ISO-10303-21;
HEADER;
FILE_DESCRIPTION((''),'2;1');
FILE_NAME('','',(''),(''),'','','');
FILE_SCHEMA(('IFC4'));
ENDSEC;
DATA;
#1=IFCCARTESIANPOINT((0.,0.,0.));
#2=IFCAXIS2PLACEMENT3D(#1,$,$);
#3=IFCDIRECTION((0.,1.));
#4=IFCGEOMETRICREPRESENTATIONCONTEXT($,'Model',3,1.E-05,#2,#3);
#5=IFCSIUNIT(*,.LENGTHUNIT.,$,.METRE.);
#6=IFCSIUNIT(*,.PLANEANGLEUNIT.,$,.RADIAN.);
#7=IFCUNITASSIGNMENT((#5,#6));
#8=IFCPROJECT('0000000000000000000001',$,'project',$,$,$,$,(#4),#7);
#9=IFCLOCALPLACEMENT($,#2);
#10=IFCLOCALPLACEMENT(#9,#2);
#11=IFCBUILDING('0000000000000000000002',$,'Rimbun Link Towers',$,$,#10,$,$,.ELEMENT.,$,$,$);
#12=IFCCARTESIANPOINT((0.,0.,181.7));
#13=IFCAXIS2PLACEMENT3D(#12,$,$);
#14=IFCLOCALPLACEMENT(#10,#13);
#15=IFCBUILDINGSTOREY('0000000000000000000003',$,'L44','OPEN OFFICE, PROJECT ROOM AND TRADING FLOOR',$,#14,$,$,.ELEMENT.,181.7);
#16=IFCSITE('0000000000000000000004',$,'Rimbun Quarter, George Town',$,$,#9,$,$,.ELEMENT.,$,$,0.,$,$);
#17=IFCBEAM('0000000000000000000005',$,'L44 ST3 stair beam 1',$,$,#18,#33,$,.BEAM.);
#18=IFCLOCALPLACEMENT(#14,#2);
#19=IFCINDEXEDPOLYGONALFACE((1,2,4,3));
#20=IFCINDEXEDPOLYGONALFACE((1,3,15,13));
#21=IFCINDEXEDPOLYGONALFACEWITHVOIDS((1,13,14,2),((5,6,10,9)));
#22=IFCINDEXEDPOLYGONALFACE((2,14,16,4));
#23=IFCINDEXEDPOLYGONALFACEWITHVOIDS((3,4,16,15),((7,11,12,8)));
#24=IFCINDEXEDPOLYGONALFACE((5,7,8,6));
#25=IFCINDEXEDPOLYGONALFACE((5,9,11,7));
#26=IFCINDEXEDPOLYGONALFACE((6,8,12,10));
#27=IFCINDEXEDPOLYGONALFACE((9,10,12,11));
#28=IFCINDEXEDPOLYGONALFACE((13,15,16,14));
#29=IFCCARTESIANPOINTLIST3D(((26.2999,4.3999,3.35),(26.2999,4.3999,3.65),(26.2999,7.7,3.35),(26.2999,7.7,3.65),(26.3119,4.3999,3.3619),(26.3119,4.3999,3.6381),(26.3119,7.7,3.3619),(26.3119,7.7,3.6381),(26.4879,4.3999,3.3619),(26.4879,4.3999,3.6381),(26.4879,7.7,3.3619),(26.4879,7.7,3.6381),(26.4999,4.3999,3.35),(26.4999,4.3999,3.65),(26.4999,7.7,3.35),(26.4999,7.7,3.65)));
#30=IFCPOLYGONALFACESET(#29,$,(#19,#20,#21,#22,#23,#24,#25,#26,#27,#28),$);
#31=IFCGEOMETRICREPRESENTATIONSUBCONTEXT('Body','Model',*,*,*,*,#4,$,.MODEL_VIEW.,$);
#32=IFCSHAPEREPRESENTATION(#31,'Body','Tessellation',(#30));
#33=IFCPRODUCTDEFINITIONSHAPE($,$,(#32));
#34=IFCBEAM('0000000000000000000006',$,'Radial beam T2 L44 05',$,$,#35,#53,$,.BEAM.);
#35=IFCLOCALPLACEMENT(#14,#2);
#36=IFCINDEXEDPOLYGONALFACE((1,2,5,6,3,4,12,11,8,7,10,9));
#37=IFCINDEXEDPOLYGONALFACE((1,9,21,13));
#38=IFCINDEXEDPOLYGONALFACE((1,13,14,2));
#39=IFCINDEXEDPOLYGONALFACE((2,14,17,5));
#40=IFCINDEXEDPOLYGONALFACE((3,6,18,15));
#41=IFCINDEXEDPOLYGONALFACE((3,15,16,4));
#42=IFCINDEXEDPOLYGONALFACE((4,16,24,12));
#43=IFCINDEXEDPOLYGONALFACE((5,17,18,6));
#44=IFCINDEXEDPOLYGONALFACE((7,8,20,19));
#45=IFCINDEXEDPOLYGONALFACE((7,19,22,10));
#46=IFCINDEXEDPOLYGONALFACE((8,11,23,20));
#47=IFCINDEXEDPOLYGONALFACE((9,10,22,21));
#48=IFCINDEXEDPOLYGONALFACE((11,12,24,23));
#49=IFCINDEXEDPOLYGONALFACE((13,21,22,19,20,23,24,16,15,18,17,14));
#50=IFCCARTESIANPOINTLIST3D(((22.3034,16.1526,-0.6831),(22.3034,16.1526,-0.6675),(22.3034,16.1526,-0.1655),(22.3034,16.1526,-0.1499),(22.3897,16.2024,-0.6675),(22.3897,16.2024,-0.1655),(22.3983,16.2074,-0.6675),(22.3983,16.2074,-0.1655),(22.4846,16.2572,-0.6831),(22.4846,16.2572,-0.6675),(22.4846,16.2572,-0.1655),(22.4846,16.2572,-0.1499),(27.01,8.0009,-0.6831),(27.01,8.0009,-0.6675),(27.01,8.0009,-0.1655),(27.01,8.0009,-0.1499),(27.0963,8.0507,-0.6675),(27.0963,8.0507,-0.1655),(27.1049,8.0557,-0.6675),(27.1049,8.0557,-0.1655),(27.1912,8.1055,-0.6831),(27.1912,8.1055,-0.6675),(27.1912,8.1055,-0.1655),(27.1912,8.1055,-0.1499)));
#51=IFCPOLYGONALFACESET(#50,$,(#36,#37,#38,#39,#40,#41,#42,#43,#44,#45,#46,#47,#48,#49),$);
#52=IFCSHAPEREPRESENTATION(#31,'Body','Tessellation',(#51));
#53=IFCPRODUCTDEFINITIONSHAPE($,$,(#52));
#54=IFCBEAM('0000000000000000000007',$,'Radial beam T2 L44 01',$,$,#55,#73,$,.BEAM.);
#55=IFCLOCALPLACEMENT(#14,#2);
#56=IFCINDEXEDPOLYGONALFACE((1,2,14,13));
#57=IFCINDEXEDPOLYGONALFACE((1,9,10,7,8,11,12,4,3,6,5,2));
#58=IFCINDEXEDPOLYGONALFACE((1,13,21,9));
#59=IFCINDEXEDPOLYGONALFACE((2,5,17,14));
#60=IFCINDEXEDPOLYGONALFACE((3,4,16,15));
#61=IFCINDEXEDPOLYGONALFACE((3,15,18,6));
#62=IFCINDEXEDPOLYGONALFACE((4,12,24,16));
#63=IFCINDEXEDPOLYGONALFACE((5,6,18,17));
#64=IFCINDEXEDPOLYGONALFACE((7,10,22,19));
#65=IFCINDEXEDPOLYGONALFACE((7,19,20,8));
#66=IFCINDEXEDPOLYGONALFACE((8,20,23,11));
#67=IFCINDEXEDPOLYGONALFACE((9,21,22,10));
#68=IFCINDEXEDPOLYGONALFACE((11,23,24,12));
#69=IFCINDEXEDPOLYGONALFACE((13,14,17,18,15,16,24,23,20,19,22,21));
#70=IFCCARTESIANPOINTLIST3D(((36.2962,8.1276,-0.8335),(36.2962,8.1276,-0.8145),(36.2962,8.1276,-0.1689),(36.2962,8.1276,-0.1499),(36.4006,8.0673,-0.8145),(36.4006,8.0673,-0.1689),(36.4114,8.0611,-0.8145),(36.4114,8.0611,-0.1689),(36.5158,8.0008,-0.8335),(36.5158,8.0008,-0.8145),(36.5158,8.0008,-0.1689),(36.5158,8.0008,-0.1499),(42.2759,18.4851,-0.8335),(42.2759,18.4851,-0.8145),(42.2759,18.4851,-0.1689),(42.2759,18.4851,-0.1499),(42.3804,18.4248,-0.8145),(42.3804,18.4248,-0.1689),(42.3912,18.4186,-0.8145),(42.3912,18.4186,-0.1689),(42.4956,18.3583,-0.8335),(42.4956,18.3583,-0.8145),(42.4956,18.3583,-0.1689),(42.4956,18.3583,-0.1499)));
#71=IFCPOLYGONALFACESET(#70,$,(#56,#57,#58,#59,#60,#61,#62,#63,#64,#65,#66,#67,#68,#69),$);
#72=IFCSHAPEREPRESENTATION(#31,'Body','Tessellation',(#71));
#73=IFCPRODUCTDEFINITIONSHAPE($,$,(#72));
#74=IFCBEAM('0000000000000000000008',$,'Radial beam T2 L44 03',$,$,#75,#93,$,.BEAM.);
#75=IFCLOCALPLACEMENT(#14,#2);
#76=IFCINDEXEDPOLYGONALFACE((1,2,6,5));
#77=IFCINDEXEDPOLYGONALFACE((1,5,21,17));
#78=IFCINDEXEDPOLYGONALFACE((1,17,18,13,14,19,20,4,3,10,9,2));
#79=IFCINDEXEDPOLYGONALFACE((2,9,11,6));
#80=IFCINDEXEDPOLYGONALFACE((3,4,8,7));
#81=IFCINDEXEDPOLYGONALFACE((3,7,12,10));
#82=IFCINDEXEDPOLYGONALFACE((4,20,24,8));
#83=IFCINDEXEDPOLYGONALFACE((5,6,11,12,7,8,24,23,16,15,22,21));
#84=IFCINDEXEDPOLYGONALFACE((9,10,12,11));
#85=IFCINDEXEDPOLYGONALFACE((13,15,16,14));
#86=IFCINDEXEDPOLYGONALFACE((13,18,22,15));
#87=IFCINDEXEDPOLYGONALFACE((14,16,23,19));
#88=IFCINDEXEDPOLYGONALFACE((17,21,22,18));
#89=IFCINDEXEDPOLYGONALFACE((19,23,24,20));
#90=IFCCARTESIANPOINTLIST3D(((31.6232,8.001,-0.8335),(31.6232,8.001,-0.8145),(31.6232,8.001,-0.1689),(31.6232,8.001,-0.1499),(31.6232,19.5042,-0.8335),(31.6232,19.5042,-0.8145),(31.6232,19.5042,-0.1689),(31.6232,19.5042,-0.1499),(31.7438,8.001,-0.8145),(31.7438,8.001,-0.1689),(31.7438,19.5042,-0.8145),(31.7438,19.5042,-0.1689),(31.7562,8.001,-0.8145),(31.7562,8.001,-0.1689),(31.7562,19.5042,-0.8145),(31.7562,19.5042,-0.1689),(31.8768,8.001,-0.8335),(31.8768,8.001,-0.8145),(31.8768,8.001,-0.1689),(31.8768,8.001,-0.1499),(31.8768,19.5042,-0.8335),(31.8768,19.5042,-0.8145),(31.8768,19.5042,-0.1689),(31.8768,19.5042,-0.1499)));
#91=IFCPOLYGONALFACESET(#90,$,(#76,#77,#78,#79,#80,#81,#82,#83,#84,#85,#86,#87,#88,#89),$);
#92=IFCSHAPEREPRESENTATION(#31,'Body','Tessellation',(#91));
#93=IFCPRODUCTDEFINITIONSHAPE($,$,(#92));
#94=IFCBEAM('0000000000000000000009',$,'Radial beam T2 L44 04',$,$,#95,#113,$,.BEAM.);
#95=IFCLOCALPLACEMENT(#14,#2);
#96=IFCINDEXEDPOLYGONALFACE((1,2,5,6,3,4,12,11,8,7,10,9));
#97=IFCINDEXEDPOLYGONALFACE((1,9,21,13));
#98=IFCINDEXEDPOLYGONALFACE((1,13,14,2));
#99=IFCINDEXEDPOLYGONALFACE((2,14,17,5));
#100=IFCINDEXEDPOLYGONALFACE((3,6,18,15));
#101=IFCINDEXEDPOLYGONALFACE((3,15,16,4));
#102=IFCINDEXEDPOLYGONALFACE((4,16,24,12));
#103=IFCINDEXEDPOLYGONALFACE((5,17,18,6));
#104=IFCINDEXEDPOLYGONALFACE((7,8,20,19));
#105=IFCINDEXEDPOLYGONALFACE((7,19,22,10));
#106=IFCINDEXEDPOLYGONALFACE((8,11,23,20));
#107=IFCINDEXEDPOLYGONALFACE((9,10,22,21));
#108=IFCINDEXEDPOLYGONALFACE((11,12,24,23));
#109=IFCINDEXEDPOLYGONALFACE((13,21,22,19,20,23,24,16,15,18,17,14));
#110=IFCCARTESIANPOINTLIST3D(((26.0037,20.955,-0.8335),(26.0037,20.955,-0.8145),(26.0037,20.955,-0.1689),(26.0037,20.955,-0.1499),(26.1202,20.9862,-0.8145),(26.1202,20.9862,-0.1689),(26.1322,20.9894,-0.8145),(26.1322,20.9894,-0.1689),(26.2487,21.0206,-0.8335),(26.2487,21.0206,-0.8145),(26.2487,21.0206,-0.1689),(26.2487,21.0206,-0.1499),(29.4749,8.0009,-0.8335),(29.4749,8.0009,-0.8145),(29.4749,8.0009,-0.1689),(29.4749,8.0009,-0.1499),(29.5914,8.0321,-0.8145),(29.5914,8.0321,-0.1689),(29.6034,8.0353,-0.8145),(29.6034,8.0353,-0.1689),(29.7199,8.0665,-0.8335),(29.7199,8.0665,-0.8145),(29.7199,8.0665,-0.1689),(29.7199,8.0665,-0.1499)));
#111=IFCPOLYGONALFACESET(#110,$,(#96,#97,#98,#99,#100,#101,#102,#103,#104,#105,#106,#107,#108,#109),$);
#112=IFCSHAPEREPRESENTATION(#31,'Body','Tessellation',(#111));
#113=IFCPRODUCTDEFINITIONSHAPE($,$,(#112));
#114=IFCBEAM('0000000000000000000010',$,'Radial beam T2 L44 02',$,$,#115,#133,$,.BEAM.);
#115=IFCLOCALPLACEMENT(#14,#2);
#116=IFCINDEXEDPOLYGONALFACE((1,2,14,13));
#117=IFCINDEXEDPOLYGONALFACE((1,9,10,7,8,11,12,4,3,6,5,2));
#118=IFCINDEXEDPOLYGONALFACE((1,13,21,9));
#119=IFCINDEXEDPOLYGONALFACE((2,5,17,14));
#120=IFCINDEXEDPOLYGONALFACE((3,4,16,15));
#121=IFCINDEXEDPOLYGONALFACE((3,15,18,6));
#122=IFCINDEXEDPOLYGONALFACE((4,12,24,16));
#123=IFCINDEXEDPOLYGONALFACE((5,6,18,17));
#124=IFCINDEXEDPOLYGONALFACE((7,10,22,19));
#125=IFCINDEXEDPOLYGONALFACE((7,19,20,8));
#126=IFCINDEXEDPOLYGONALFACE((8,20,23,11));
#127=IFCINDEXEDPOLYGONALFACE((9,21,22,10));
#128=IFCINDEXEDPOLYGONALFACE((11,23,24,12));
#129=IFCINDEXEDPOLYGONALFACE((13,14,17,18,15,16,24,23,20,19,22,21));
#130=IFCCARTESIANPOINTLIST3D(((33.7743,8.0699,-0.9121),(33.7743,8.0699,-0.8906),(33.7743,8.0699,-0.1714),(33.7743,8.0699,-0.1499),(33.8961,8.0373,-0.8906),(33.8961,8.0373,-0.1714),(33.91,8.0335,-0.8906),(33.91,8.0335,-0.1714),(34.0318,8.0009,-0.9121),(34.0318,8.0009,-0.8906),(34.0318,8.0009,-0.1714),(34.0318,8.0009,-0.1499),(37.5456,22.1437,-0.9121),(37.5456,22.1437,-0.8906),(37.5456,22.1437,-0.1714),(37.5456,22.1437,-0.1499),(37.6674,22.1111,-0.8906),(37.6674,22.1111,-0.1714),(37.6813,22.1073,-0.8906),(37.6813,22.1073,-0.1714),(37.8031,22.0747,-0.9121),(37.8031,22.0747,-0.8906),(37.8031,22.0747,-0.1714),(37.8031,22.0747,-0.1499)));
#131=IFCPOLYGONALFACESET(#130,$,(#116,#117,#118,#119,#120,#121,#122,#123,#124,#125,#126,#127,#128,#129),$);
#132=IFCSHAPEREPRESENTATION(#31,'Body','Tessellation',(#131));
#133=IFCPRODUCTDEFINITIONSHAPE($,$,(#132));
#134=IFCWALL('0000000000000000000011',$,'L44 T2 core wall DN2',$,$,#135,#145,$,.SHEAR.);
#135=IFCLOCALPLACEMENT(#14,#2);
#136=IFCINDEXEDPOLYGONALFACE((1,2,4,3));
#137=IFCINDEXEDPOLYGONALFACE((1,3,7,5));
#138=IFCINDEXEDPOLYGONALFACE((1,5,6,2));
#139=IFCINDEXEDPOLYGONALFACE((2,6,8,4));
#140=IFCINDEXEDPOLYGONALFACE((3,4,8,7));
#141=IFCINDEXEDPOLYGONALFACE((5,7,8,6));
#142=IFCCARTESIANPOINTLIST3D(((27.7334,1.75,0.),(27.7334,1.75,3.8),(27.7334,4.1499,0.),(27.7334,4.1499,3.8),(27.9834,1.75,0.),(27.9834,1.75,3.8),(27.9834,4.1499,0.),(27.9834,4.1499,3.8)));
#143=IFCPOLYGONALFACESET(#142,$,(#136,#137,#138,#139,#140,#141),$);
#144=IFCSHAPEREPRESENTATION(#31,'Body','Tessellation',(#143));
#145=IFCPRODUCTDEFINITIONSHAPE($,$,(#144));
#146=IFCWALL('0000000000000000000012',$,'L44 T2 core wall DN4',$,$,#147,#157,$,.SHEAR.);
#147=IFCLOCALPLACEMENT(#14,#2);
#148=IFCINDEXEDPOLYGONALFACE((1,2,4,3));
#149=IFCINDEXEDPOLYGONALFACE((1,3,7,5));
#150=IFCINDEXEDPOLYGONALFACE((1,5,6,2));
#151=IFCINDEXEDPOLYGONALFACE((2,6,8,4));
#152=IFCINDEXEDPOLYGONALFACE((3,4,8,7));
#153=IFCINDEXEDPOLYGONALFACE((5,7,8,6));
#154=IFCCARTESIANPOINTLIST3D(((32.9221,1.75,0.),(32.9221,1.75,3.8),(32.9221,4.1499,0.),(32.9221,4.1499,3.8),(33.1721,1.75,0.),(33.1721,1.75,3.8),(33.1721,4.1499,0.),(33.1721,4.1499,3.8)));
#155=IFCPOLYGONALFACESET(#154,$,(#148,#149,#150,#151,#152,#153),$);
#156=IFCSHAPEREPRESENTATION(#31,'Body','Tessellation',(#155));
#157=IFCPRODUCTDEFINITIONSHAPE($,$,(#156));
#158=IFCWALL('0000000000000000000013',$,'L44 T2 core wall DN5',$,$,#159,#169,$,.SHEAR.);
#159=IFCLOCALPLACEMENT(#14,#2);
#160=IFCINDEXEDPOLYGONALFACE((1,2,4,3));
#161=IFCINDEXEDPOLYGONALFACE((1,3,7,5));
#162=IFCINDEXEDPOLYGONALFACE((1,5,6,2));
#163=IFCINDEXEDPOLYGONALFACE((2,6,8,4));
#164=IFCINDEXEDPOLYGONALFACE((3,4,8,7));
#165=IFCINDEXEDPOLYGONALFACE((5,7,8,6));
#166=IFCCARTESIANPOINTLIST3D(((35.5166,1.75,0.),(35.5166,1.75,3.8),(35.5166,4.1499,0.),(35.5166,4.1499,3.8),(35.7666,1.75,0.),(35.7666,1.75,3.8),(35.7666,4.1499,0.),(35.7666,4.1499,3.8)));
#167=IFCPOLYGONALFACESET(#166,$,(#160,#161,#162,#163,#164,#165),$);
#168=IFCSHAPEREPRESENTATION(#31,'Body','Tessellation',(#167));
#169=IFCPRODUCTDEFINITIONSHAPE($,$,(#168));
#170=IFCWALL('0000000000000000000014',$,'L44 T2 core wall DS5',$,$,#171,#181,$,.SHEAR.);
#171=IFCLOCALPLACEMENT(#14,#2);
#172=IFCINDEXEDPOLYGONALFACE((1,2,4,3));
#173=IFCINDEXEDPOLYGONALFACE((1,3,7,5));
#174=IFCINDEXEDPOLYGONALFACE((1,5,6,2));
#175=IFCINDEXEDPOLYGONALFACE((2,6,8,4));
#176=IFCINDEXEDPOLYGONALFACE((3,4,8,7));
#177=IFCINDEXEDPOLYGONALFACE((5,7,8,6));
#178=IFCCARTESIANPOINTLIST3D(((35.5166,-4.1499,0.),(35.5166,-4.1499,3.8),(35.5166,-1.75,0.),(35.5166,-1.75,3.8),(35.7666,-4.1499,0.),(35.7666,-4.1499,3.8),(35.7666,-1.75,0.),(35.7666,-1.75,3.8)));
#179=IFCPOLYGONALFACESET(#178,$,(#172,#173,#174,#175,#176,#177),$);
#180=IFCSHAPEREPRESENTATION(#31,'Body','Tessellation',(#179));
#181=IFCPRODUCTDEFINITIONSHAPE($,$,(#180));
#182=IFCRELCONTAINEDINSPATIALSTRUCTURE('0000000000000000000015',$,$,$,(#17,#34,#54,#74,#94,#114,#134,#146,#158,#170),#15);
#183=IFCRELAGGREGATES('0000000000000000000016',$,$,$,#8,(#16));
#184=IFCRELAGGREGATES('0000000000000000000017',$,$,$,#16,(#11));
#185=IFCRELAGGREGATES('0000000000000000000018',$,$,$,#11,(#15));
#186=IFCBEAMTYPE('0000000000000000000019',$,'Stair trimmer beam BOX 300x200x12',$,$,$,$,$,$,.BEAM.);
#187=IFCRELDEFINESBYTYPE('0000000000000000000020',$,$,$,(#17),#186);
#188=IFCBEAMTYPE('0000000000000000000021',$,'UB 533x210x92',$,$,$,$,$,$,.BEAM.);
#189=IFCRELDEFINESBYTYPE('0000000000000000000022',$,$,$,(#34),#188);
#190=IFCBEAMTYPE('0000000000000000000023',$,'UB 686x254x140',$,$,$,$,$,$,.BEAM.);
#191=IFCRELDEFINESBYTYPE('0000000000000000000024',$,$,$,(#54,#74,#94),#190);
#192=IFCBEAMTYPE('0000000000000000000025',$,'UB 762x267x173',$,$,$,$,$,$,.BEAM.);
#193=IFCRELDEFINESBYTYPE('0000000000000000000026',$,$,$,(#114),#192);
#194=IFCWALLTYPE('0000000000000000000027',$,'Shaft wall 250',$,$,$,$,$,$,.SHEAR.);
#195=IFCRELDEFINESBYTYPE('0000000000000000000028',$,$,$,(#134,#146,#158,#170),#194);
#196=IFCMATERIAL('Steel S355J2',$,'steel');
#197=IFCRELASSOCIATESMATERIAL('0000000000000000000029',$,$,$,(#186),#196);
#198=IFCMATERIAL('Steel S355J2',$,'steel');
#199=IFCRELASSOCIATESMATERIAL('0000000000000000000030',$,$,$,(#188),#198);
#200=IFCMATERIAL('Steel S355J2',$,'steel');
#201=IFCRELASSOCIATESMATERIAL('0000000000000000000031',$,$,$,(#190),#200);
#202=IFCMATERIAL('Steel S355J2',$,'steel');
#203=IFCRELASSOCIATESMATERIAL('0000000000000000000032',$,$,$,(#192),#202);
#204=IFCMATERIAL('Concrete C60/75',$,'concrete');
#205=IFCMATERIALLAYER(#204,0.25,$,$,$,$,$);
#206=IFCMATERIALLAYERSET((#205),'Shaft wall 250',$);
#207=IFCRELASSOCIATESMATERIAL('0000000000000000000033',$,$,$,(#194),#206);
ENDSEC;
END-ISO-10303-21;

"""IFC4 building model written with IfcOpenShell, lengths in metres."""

from ifc_helpers import new_model, si_unit, direction, frame, frame_2d, origin, origin_2d, place, context, subcontext, project, spatial, rectangle, hollow_rectangle, i_section, extrude, material, layer, layer_set, material_profile, profile_set, type_object, element, save


model = new_model("IFC4")

# Units and contexts
model_context = context("Model", 3, precision=1e-05, world=origin(), true_north=direction((0.0, 1.0)))
body_context = subcontext(model_context, "Body", "Model", "MODEL_VIEW")
ifc_project = project(units=[si_unit("LENGTHUNIT", "METRE"), si_unit("PLANEANGLEUNIT", "RADIAN")], contexts=[model_context])

# Site, building, storey
site_placement = place(None, origin())
site = spatial("IfcSite", under=ifc_project, at=site_placement, Name="Rimbun Quarter, George Town", CompositionType="ELEMENT", RefElevation=0.0)
building_placement = place(site_placement, origin())
building = spatial("IfcBuilding", under=site, at=building_placement, Name="Rimbun Link Towers", CompositionType="ELEMENT")
storey_placement = place(building_placement, frame((0.0, 0.0, 181.7)))
storey = spatial("IfcBuildingStorey", under=building, at=storey_placement, Name="L44", Description="OPEN OFFICE, PROJECT ROOM AND TRADING FLOOR", CompositionType="ELEMENT", Elevation=181.7)

# Beams
ifc_material_1 = material(Name="Steel S355J2", Category="steel")
ifc_material_profile_1 = material_profile(ifc_material_1, hollow_rectangle(XDim=0.2, YDim=0.3, WallThickness=0.012, at=origin_2d()), Name="BOX 300x200x12")
ifc_profile_set_1 = profile_set([ifc_material_profile_1], Name="Steel S355J2")
beam_type_1 = type_object("IfcBeamType", Name="Stair trimmer beam BOX 300x200x12", PredefinedType="BEAM", material=ifc_profile_set_1)
beam_1_placement = place(storey_placement, frame((26.3999, 7.7, 3.5), z_axis=(0.0, -1.0, 0.0), x_axis=(1.0, 0.0, 0.0)))
element("IfcBeam", 1, at=beam_1_placement, inside=storey, type_object=beam_type_1, Name="L44 ST3 stair beam 1", PredefinedType="BEAM", context=body_context, shape_type="SweptSolid", body=[
    extrude(hollow_rectangle(XDim=0.2, YDim=0.3, WallThickness=0.012, at=origin_2d()), origin(), (0.0, 0.0, 1.0), 3.3),
])
ifc_material_2 = material(Name="Steel S355J2", Category="steel")
ifc_material_profile_2 = material_profile(ifc_material_2, i_section(OverallWidth=0.2092, OverallDepth=0.5332, WebThickness=0.01, FlangeThickness=0.0156, at=origin_2d()), Name="UB 533x210x92")
ifc_profile_set_2 = profile_set([ifc_material_profile_2], Name="Steel S355J2")
beam_type_2 = type_object("IfcBeamType", Name="UB 533x210x92", PredefinedType="BEAM", material=ifc_profile_set_2)
beam_2_placement = place(storey_placement, frame((27.1006, 8.0532, -0.4165), z_axis=(-0.500017, 0.866016, 0.0), x_axis=(-0.866016, -0.500017, 0.0)))
element("IfcBeam", 2, at=beam_2_placement, inside=storey, type_object=beam_type_2, Name="Radial beam T2 L44 05", PredefinedType="BEAM", context=body_context, shape_type="SweptSolid", body=[
    extrude(i_section(OverallWidth=0.2092, OverallDepth=0.5332, WebThickness=0.01, FlangeThickness=0.0156, at=origin_2d()), origin(), (0.0, 0.0, 1.0), 9.4128),
])
ifc_material_3 = material(Name="Steel S355J2", Category="steel")
ifc_material_profile_3 = material_profile(ifc_material_3, i_section(OverallWidth=0.2537, OverallDepth=0.6836, WebThickness=0.0125, FlangeThickness=0.019, at=origin_2d()), Name="UB 686x254x140")
ifc_profile_set_3 = profile_set([ifc_material_profile_3], Name="Steel S355J2")
beam_type_3 = type_object("IfcBeamType", Name="UB 686x254x140", PredefinedType="BEAM", material=ifc_profile_set_3)
beam_3_placement = place(storey_placement, frame((36.406, 8.0642, -0.4917), z_axis=(0.499992, 0.86603, 0.0), x_axis=(-0.86603, 0.499992, 0.0)))
element("IfcBeam", 3, at=beam_3_placement, inside=storey, type_object=beam_type_3, Name="Radial beam T2 L44 01", PredefinedType="BEAM", context=body_context, shape_type="SweptSolid", body=[
    extrude(i_section(OverallWidth=0.2537, OverallDepth=0.6836, WebThickness=0.0125, FlangeThickness=0.019, at=origin_2d()), origin(), (0.0, 0.0, 1.0), 11.9597),
])
beam_4_placement = place(storey_placement, frame((31.75, 8.001, -0.4917), z_axis=(0.0, 1.0, 0.0), x_axis=(-1.0, 0.0, 0.0)))
element("IfcBeam", 4, at=beam_4_placement, inside=storey, type_object=beam_type_3, Name="Radial beam T2 L44 03", PredefinedType="BEAM", context=body_context, shape_type="SweptSolid", body=[
    extrude(i_section(OverallWidth=0.2537, OverallDepth=0.6836, WebThickness=0.0125, FlangeThickness=0.019, at=origin_2d()), origin(), (0.0, 0.0, 1.0), 11.5032),
])
beam_5_placement = place(storey_placement, frame((29.5974, 8.0337, -0.4917), z_axis=(-0.25883, 0.965923, 0.0), x_axis=(-0.965923, -0.25883, 0.0)))
element("IfcBeam", 5, at=beam_5_placement, inside=storey, type_object=beam_type_3, Name="Radial beam T2 L44 04", PredefinedType="BEAM", context=body_context, shape_type="SweptSolid", body=[
    extrude(i_section(OverallWidth=0.2537, OverallDepth=0.6836, WebThickness=0.0125, FlangeThickness=0.019, at=origin_2d()), origin(), (0.0, 0.0, 1.0), 13.4111),
])
ifc_material_4 = material(Name="Steel S355J2", Category="steel")
ifc_material_profile_4 = material_profile(ifc_material_4, i_section(OverallWidth=0.2666, OverallDepth=0.7622, WebThickness=0.0144, FlangeThickness=0.0215, at=origin_2d()), Name="UB 762x267x173")
ifc_profile_set_4 = profile_set([ifc_material_profile_4], Name="Steel S355J2")
beam_type_4 = type_object("IfcBeamType", Name="UB 762x267x173", PredefinedType="BEAM", material=ifc_profile_set_4)
beam_6_placement = place(storey_placement, frame((33.9031, 8.0354, -0.531), z_axis=(0.258832, 0.965922, 0.0), x_axis=(-0.965922, 0.258832, 0.0)))
element("IfcBeam", 6, at=beam_6_placement, inside=storey, type_object=beam_type_4, Name="Radial beam T2 L44 02", PredefinedType="BEAM", context=body_context, shape_type="SweptSolid", body=[
    extrude(i_section(OverallWidth=0.2666, OverallDepth=0.7622, WebThickness=0.0144, FlangeThickness=0.0215, at=origin_2d()), origin(), (0.0, 0.0, 1.0), 14.5703),
])

# Walls
ifc_material_5 = material(Name="Concrete C60/75", Category="concrete")
ifc_layer = layer(ifc_material_5, 0.25)
ifc_layer_set = layer_set([ifc_layer], Name="Shaft wall 250")
wall_type = type_object("IfcWallType", Name="Shaft wall 250", PredefinedType="SHEAR", material=ifc_layer_set)
for number, where, z_axis, x_axis, name in (
    (7, (27.8584, 1.75, 0.0), (0.0, 0.0, 1.0), (0.0, 1.0, 0.0), "L44 T2 core wall DN2"),
    (8, (33.0471, 1.75, 0.0), (0.0, 0.0, 1.0), (0.0, 1.0, 0.0), "L44 T2 core wall DN4"),
    (9, (35.6416, 1.75, 0.0), (0.0, 0.0, 1.0), (0.0, 1.0, 0.0), "L44 T2 core wall DN5"),
    (10, (35.6416, -4.1499, 0.0), (0.0, 0.0, 1.0), (0.0, 1.0, 0.0), "L44 T2 core wall DS5"),
):
    element("IfcWall", number, at=place(storey_placement, frame(where, z_axis=z_axis, x_axis=x_axis)), inside=storey, type_object=wall_type, Name=name, PredefinedType="SHEAR", context=body_context, shape_type="SweptSolid", body=[
        extrude(rectangle(XDim=2.3999, YDim=0.25, at=frame_2d((1.2, 0.0))), origin(), (0.0, 0.0, 1.0), 3.8),
    ])

save(model, "model.ifc")
